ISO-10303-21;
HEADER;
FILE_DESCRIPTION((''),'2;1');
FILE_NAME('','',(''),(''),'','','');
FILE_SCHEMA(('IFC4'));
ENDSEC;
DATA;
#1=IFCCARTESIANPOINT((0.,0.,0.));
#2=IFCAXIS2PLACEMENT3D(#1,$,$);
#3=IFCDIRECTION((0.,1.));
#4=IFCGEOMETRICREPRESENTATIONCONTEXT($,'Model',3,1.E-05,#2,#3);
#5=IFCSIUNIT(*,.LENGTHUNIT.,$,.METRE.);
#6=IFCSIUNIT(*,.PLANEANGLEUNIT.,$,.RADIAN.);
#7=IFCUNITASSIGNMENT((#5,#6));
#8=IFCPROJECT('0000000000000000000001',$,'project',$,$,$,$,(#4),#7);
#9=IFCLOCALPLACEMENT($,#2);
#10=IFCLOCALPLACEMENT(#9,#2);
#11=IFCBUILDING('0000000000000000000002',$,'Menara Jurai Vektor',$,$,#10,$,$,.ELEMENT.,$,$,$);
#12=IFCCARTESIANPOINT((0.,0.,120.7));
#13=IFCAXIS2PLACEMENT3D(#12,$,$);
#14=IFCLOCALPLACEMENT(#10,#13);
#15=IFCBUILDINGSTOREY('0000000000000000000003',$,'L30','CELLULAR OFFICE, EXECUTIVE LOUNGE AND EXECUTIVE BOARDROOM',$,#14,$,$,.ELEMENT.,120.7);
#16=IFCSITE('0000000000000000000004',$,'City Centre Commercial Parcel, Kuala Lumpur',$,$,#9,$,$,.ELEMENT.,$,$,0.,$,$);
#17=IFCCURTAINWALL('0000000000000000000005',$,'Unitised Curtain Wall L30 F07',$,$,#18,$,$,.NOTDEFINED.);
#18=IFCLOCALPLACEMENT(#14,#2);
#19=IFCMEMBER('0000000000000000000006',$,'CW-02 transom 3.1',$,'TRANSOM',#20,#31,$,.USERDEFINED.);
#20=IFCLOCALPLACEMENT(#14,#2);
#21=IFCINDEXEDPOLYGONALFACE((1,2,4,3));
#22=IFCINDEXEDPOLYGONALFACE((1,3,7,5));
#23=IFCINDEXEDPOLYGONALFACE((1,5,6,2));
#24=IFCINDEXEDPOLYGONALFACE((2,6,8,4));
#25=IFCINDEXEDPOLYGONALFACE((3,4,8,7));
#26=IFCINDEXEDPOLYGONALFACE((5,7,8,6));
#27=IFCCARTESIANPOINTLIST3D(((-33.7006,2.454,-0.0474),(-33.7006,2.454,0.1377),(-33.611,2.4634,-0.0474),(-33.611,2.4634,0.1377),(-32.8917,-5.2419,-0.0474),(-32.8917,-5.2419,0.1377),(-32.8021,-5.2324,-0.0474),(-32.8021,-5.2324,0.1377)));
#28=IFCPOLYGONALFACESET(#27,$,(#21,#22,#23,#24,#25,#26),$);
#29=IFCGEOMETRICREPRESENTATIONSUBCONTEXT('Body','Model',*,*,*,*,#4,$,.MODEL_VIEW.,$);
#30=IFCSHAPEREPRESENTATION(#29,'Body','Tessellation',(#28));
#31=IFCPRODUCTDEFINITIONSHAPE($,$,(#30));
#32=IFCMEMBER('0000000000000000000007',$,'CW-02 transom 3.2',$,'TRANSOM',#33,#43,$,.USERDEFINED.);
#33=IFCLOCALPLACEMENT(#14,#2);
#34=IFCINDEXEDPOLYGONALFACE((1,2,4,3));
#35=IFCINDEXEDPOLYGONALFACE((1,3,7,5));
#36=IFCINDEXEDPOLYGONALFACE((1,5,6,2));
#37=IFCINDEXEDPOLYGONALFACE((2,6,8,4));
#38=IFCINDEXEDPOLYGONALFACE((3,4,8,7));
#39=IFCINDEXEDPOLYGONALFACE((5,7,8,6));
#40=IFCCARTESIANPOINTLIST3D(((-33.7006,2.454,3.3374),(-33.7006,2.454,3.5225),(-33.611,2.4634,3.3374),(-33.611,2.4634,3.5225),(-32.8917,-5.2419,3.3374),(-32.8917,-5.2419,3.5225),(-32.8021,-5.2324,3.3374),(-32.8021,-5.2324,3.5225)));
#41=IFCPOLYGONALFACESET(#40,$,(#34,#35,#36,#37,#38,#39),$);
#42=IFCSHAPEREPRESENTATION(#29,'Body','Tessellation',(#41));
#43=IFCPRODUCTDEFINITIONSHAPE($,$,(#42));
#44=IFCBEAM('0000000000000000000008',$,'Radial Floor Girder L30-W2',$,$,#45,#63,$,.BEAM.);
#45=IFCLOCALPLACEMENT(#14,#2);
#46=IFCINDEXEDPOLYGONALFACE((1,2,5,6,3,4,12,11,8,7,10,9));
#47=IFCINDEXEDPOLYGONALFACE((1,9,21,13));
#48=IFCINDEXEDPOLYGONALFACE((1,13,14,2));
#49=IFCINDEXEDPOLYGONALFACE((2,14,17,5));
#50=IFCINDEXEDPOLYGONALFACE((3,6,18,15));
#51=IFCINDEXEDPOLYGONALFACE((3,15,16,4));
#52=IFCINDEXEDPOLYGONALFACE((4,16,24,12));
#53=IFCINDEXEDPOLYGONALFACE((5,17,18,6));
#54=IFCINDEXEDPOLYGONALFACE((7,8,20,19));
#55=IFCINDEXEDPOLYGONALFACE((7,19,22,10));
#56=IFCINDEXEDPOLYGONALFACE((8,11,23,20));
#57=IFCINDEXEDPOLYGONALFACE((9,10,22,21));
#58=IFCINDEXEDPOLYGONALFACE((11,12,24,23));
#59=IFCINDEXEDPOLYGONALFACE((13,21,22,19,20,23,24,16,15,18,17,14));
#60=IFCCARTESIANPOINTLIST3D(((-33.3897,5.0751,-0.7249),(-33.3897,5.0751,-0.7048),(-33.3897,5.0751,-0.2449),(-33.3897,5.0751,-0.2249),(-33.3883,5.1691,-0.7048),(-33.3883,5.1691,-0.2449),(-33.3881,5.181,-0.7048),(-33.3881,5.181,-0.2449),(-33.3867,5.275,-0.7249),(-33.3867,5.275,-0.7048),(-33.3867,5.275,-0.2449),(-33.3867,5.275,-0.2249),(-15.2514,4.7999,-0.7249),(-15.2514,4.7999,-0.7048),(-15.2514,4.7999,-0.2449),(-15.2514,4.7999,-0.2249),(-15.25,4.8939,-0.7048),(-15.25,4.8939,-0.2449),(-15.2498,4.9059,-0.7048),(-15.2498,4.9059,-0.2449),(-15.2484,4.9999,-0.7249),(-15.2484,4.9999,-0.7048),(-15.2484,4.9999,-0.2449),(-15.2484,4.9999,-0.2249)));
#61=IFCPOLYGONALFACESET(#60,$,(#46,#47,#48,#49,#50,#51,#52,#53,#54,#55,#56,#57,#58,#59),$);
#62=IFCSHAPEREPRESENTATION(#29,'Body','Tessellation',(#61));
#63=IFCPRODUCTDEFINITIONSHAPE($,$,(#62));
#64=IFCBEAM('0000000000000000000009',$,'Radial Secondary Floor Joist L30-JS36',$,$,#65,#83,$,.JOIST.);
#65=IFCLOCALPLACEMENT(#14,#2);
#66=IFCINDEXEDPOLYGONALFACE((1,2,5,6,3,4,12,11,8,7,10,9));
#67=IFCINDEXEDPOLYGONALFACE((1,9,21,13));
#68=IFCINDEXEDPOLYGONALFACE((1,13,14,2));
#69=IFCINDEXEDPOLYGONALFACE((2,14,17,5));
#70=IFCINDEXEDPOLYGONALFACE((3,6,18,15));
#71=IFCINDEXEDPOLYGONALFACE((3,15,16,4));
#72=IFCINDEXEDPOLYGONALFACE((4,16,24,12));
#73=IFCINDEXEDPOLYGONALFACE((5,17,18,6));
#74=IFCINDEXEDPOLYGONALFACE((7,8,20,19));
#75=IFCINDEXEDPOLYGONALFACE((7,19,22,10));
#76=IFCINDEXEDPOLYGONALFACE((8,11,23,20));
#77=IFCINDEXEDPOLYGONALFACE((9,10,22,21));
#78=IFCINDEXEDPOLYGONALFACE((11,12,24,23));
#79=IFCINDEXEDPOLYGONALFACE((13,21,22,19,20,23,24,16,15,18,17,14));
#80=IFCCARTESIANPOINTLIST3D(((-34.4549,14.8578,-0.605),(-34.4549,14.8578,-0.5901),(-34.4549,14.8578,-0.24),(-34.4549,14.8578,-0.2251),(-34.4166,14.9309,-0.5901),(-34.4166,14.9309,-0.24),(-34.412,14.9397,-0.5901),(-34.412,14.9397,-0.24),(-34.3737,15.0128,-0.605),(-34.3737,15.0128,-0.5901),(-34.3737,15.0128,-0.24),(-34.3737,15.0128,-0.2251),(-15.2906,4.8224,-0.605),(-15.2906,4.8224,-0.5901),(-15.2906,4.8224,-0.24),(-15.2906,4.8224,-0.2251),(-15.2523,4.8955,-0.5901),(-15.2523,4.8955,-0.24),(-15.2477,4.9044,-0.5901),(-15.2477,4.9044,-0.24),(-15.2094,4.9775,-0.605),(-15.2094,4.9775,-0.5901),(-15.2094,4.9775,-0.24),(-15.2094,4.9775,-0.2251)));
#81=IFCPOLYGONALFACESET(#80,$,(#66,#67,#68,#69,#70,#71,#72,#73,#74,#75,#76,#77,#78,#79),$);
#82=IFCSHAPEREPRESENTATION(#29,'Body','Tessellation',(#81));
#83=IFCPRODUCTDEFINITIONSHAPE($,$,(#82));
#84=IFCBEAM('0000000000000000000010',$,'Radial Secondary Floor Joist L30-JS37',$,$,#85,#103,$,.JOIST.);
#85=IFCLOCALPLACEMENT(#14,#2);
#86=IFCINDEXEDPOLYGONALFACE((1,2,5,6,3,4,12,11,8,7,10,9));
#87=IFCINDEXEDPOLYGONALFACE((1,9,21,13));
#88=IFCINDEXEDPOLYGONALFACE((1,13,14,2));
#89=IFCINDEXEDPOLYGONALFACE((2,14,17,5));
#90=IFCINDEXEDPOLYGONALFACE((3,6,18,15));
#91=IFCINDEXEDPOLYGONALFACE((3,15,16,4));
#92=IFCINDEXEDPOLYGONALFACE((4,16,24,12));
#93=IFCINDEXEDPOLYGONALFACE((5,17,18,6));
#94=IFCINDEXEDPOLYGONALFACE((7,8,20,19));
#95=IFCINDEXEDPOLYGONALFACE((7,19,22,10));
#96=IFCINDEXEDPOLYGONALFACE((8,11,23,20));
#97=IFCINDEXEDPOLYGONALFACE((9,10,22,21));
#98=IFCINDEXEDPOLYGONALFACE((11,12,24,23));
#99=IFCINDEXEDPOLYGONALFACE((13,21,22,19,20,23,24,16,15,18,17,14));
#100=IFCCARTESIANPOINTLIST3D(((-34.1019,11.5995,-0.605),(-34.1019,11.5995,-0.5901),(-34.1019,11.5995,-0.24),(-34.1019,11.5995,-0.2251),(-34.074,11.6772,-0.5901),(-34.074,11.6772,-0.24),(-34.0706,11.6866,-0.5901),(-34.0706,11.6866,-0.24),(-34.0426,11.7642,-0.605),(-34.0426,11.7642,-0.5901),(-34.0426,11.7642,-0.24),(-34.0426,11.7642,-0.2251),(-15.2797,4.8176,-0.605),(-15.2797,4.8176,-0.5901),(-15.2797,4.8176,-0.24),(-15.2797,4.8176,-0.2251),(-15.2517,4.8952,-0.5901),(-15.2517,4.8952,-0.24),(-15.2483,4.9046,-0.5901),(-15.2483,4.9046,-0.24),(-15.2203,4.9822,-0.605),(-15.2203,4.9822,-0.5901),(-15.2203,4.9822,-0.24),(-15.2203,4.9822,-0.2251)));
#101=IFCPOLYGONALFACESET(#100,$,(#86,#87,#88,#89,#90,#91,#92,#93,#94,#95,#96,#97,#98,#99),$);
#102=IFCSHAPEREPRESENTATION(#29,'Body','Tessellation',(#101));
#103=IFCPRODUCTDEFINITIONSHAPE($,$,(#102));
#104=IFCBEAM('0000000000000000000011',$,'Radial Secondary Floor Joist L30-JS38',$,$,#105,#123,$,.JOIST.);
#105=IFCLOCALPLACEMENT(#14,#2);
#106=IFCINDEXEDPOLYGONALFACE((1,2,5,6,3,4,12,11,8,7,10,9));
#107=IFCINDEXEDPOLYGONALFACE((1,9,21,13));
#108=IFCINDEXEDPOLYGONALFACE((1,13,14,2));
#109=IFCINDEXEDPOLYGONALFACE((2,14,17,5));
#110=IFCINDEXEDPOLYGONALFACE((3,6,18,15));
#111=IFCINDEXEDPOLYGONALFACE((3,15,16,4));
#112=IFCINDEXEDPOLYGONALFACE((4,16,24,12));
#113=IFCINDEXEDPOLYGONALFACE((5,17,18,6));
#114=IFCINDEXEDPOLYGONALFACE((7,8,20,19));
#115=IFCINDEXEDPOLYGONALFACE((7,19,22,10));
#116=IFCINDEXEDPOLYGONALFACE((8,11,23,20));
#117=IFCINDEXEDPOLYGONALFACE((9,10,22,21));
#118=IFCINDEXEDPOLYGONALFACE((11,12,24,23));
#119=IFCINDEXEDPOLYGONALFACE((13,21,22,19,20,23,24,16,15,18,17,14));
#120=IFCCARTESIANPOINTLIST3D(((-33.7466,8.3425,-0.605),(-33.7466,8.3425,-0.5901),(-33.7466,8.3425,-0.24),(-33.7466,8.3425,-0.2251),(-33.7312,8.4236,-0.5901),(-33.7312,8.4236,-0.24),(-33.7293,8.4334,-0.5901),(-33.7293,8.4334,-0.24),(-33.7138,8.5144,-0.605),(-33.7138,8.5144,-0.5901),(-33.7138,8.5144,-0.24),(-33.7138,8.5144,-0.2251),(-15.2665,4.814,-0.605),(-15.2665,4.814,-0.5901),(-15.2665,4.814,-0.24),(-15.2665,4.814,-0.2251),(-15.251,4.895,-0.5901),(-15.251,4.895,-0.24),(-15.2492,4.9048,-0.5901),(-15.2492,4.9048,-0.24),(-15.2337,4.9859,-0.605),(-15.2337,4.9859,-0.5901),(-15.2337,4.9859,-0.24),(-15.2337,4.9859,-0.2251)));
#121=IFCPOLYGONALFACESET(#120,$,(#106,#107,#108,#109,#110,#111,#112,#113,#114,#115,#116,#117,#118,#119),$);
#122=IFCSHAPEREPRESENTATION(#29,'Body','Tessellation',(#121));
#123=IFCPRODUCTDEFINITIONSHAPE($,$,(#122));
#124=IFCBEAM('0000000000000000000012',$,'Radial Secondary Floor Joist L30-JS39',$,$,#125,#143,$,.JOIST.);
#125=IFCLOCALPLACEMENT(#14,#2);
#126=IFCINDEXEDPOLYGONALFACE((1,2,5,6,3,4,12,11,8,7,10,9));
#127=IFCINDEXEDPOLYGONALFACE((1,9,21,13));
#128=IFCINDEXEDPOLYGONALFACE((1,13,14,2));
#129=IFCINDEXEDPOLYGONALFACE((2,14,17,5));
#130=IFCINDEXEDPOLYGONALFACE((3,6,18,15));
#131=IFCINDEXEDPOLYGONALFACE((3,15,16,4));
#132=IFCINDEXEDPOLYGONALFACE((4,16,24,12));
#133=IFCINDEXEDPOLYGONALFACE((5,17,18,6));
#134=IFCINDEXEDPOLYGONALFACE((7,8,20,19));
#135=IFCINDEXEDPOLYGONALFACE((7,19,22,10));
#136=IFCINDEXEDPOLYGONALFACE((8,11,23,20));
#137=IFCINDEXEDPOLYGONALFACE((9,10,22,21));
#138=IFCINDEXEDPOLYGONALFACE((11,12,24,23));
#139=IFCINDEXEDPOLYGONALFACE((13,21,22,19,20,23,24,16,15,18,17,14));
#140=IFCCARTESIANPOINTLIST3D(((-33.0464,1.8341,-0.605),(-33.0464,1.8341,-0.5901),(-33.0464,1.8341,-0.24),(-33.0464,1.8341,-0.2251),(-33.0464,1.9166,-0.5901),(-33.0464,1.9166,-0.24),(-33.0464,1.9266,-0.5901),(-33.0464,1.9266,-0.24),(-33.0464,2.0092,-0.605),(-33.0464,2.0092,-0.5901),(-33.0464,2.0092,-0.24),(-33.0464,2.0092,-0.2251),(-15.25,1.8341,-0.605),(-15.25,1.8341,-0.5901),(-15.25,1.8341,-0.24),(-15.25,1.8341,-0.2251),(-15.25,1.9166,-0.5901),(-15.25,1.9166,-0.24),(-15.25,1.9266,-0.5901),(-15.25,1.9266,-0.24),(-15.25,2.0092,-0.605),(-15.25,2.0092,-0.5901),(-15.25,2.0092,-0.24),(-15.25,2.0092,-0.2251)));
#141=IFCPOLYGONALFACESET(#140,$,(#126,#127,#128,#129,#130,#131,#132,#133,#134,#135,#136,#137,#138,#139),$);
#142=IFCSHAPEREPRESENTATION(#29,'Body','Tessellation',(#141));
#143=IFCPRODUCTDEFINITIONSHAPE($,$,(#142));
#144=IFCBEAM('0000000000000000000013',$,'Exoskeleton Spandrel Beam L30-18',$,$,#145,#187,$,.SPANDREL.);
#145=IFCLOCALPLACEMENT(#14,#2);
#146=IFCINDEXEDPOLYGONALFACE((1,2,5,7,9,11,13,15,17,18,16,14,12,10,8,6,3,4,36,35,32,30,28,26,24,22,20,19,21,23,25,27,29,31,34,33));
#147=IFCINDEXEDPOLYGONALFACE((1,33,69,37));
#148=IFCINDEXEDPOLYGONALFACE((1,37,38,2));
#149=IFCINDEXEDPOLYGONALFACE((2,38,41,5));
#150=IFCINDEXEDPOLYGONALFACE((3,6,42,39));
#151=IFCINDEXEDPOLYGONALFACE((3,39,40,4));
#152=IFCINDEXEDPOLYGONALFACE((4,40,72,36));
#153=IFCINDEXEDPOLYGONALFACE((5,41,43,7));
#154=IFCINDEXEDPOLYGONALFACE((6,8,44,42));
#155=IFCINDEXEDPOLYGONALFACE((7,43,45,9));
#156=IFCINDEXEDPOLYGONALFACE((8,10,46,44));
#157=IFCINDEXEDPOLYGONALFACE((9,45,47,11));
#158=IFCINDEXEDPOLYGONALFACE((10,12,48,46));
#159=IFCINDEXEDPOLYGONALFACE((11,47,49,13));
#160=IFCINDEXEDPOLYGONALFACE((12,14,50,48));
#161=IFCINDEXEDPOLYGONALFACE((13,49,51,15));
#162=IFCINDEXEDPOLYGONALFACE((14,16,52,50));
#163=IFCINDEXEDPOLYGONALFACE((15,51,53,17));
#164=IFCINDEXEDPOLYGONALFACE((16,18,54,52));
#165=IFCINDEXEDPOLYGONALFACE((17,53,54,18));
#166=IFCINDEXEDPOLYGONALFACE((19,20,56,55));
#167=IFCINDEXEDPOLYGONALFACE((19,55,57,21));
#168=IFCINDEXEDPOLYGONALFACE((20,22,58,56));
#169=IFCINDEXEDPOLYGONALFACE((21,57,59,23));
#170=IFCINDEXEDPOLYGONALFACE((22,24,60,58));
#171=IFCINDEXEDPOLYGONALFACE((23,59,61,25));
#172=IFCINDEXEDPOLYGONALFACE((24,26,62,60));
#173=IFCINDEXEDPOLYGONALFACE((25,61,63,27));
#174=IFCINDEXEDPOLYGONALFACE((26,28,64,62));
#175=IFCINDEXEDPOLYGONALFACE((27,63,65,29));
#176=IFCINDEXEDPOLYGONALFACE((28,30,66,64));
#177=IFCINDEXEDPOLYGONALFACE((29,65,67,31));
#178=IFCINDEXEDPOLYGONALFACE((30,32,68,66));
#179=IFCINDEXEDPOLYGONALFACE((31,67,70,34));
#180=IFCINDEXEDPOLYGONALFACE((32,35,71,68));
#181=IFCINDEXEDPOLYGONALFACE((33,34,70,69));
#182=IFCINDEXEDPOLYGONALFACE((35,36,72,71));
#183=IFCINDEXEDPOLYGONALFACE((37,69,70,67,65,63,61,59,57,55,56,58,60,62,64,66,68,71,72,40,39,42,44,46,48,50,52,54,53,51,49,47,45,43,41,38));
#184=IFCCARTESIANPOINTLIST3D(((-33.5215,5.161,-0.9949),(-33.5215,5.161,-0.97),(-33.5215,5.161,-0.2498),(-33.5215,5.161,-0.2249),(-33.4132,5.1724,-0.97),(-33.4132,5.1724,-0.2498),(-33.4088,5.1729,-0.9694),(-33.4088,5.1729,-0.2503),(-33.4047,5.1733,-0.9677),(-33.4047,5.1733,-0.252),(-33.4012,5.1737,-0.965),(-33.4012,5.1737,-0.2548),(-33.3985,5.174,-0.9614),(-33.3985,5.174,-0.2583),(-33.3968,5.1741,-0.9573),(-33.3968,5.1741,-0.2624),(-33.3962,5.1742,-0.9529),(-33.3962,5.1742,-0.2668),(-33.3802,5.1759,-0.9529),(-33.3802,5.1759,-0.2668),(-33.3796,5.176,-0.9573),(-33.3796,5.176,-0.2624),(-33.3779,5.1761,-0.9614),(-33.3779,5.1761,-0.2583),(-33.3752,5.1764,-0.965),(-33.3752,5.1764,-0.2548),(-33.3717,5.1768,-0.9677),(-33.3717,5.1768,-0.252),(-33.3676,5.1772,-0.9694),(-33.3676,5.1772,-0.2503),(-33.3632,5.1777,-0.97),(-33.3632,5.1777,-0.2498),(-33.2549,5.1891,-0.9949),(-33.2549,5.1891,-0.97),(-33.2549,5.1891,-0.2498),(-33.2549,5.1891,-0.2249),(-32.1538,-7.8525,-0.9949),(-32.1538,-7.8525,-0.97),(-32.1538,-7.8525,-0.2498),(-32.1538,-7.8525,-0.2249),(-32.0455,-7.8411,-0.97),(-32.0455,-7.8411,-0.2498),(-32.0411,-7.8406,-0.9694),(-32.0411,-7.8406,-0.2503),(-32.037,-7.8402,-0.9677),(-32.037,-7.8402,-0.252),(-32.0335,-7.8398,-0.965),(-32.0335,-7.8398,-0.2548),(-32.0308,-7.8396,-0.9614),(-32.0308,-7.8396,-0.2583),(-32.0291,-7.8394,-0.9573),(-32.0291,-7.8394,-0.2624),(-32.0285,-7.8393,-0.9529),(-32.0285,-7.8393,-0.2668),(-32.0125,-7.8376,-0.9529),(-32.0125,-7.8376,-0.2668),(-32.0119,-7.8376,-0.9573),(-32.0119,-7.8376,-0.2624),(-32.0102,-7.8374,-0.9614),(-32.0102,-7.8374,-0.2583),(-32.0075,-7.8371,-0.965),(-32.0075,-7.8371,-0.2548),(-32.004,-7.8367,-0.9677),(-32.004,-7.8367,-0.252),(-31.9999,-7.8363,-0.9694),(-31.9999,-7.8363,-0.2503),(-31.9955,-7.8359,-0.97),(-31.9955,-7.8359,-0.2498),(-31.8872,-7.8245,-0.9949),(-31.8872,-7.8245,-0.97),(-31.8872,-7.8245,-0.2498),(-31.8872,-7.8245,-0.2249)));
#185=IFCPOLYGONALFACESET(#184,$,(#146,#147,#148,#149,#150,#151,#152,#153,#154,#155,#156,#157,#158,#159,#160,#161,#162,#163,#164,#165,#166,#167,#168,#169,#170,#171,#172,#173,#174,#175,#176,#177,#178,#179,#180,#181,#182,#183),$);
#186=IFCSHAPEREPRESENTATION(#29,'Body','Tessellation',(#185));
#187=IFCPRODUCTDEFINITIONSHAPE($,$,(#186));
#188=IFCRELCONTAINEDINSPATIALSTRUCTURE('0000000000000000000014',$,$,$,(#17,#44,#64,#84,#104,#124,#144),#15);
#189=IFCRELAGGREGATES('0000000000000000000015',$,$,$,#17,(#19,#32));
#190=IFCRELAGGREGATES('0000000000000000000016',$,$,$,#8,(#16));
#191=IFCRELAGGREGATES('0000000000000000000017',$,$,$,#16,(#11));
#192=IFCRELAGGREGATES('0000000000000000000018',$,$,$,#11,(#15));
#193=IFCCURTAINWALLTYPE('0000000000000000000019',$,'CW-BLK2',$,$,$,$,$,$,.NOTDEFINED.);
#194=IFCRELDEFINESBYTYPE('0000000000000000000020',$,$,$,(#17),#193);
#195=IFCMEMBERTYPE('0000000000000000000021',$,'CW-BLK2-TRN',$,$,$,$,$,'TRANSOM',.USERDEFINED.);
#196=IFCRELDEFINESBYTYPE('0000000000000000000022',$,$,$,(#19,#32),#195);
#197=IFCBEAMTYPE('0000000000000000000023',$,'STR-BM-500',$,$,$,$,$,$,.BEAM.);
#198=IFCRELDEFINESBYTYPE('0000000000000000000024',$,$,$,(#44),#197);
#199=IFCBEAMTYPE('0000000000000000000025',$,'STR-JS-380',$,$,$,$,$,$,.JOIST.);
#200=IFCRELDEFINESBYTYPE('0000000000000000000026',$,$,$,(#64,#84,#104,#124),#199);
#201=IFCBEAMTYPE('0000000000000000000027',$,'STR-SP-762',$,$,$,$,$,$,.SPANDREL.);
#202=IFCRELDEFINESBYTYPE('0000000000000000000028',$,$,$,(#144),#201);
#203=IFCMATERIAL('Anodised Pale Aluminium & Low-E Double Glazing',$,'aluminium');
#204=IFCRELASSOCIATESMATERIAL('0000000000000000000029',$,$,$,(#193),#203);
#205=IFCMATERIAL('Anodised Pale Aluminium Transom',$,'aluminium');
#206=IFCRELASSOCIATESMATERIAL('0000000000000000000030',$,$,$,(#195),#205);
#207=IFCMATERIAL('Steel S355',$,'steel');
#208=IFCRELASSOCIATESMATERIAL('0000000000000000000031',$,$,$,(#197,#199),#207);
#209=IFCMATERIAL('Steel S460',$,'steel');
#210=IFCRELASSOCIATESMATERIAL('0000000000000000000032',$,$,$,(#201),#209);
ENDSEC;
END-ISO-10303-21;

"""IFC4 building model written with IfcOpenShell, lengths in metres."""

from ifc_helpers import new_model, si_unit, direction, frame, origin, origin_2d, place, context, subcontext, project, spatial, rectangle, i_section, extrude, material, material_profile, profile_set, type_object, element, aggregate, save


model = new_model("IFC4")

# Units and contexts
model_context = context("Model", 3, precision=1e-05, world=origin(), true_north=direction((0.0, 1.0)))
body_context = subcontext(model_context, "Body", "Model", "MODEL_VIEW")
ifc_project = project(units=[si_unit("LENGTHUNIT", "METRE"), si_unit("PLANEANGLEUNIT", "RADIAN")], contexts=[model_context])

# Site, building, storey
site_placement = place(None, origin())
site = spatial("IfcSite", under=ifc_project, at=site_placement, Name="City Centre Commercial Parcel, Kuala Lumpur", CompositionType="ELEMENT", RefElevation=0.0)
building_placement = place(site_placement, origin())
building = spatial("IfcBuilding", under=site, at=building_placement, Name="Menara Jurai Vektor", CompositionType="ELEMENT")
storey_placement = place(building_placement, frame((0.0, 0.0, 120.7)))
storey = spatial("IfcBuildingStorey", under=building, at=storey_placement, Name="L30", Description="CELLULAR OFFICE, EXECUTIVE LOUNGE AND EXECUTIVE BOARDROOM", CompositionType="ELEMENT", Elevation=120.7)

# Shared definitions
ifc_material_1 = material(Name="Steel S460", Category="steel")

# Curtain wall, members
ifc_material_2 = material(Name="Anodised Pale Aluminium & Low-E Double Glazing", Category="aluminium")
curtain_wall_type = type_object("IfcCurtainWallType", Name="CW-BLK2", PredefinedType="NOTDEFINED", material=ifc_material_2)
curtain_wall_placement = place(storey_placement, origin())
curtain_wall = element("IfcCurtainWall", 1, at=curtain_wall_placement, inside=storey, type_object=curtain_wall_type, Name="Unitised Curtain Wall L30 F07", PredefinedType="NOTDEFINED")
ifc_material_3 = material(Name="Anodised Pale Aluminium Transom", Category="aluminium")
ifc_material_profile_1 = material_profile(ifc_material_3, rectangle(XDim=0.0901, YDim=0.1851, at=origin_2d()), Name="ALU TRN 90x185")
ifc_profile_set_1 = profile_set([ifc_material_profile_1], Name="Anodised Pale Aluminium Transom")
member_type_1 = type_object("IfcMemberType", Name="CW-BLK2-TRN", ElementType="TRANSOM", PredefinedType="USERDEFINED", material=ifc_profile_set_1)
member_1_placement = place(storey_placement, frame((-33.6558, 2.4587, 0.0452), z_axis=(0.104525, -0.994522, 0.0), x_axis=(0.994522, 0.104525, 0.0)))
member_1 = element("IfcMember", 2, at=member_1_placement, type_object=member_type_1, Name="CW-02 transom 3.1", ObjectType="TRANSOM", PredefinedType="USERDEFINED", context=body_context, shape_type="SweptSolid", body=[
    extrude(rectangle(XDim=0.0901, YDim=0.1851, at=origin_2d()), origin(), (0.0, 0.0, 1.0), 7.7383),
])
member_2_placement = place(storey_placement, frame((-33.6558, 2.4587, 3.4299), z_axis=(0.104525, -0.994522, 0.0), x_axis=(0.994522, 0.104525, 0.0)))
member_2 = element("IfcMember", 3, at=member_2_placement, type_object=member_type_1, Name="CW-02 transom 3.2", ObjectType="TRANSOM", PredefinedType="USERDEFINED", context=body_context, shape_type="SweptSolid", body=[
    extrude(rectangle(XDim=0.0901, YDim=0.1851, at=origin_2d()), origin(), (0.0, 0.0, 1.0), 7.7383),
])

# Beams
ifc_material_4 = material(Name="Steel S355", Category="steel")
ifc_material_profile_2 = material_profile(ifc_material_4, i_section(OverallWidth=0.2, OverallDepth=0.5, WebThickness=0.012, FlangeThickness=0.02, at=origin_2d()), Name="PG 500x200x96")
ifc_profile_set_2 = profile_set([ifc_material_profile_2], Name="Steel S355")
beam_type_1 = type_object("IfcBeamType", Name="STR-BM-500", PredefinedType="BEAM", material=ifc_profile_set_2)
beam_1_placement = place(storey_placement, frame((-33.3882, 5.175, -0.4749), z_axis=(0.999885, -0.015168, 0.0), x_axis=(0.015168, 0.999885, 0.0)))
element("IfcBeam", 4, at=beam_1_placement, inside=storey, type_object=beam_type_1, Name="Radial Floor Girder L30-W2", PredefinedType="BEAM", context=body_context, shape_type="SweptSolid", body=[
    extrude(i_section(OverallWidth=0.2, OverallDepth=0.5, WebThickness=0.012, FlangeThickness=0.02, at=origin_2d()), origin(), (0.0, 0.0, 1.0), 18.1404),
])
ifc_material_profile_3 = material_profile(ifc_material_4, i_section(OverallWidth=0.175, OverallDepth=0.3799, WebThickness=0.01, FlangeThickness=0.0149, at=origin_2d()), Name="PG 380x175x58")
ifc_profile_set_3 = profile_set([ifc_material_profile_3], Name="Steel S355")
beam_type_2 = type_object("IfcBeamType", Name="STR-JS-380", PredefinedType="JOIST", material=ifc_profile_set_3)
beam_2_placement = place(storey_placement, frame((-34.4143, 14.9353, -0.415), z_axis=(0.885889, -0.463897, 0.0), x_axis=(0.463897, 0.885889, 0.0)))
element("IfcBeam", 5, at=beam_2_placement, inside=storey, type_object=beam_type_2, Name="Radial Secondary Floor Joist L30-JS36", PredefinedType="JOIST", context=body_context, shape_type="SweptSolid", body=[
    extrude(i_section(OverallWidth=0.175, OverallDepth=0.3799, WebThickness=0.01, FlangeThickness=0.0149, at=origin_2d()), origin(), (0.0, 0.0, 1.0), 21.6328),
])
beam_3_placement = place(storey_placement, frame((-34.0723, 11.6819, -0.415), z_axis=(0.940792, -0.338983, 0.0), x_axis=(0.338983, 0.940792, 0.0)))
element("IfcBeam", 6, at=beam_3_placement, inside=storey, type_object=beam_type_2, Name="Radial Secondary Floor Joist L30-JS37", PredefinedType="JOIST", context=body_context, shape_type="SweptSolid", body=[
    extrude(i_section(OverallWidth=0.175, OverallDepth=0.3799, WebThickness=0.01, FlangeThickness=0.0149, at=origin_2d()), origin(), (0.0, 0.0, 1.0), 20.0068),
])
beam_4_placement = place(storey_placement, frame((-33.7302, 8.4285, -0.415), z_axis=(0.982255, -0.187549, 0.0), x_axis=(0.187549, 0.982255, 0.0)))
element("IfcBeam", 7, at=beam_4_placement, inside=storey, type_object=beam_type_2, Name="Radial Secondary Floor Joist L30-JS38", PredefinedType="JOIST", context=body_context, shape_type="SweptSolid", body=[
    extrude(i_section(OverallWidth=0.175, OverallDepth=0.3799, WebThickness=0.01, FlangeThickness=0.0149, at=origin_2d()), origin(), (0.0, 0.0, 1.0), 18.814),
])
beam_5_placement = place(storey_placement, frame((-33.0464, 1.9216, -0.415), z_axis=(1.0, 0.0, 0.0), x_axis=(0.0, 1.0, 0.0)))
element("IfcBeam", 8, at=beam_5_placement, inside=storey, type_object=beam_type_2, Name="Radial Secondary Floor Joist L30-JS39", PredefinedType="JOIST", context=body_context, shape_type="SweptSolid", body=[
    extrude(i_section(OverallWidth=0.175, OverallDepth=0.3799, WebThickness=0.01, FlangeThickness=0.0149, at=origin_2d()), origin(), (0.0, 0.0, 1.0), 17.7964),
])
ifc_material_profile_4 = material_profile(ifc_material_1, i_section(OverallWidth=0.2681, OverallDepth=0.77, WebThickness=0.0161, FlangeThickness=0.0249, FilletRadius=0.0171, at=origin_2d()), Name="UKB 762x267x197")
ifc_profile_set_4 = profile_set([ifc_material_profile_4], Name="Steel S460")
beam_type_3 = type_object("IfcBeamType", Name="STR-SP-762", PredefinedType="SPANDREL", material=ifc_profile_set_4)
beam_6_placement = place(storey_placement, frame((-33.3882, 5.175, -0.6099), z_axis=(0.104522, -0.994523, 0.0), x_axis=(0.994523, 0.104522, 0.0)))
element("IfcBeam", 9, at=beam_6_placement, inside=storey, type_object=beam_type_3, Name="Exoskeleton Spandrel Beam L30-18", PredefinedType="SPANDREL", context=body_context, shape_type="SweptSolid", body=[
    extrude(i_section(OverallWidth=0.2681, OverallDepth=0.77, WebThickness=0.0161, FlangeThickness=0.0249, FilletRadius=0.0171, at=origin_2d()), origin(), (0.0, 0.0, 1.0), 13.0852),
])

aggregate(curtain_wall, [member_1, member_2])

save(model, "model.ifc")
